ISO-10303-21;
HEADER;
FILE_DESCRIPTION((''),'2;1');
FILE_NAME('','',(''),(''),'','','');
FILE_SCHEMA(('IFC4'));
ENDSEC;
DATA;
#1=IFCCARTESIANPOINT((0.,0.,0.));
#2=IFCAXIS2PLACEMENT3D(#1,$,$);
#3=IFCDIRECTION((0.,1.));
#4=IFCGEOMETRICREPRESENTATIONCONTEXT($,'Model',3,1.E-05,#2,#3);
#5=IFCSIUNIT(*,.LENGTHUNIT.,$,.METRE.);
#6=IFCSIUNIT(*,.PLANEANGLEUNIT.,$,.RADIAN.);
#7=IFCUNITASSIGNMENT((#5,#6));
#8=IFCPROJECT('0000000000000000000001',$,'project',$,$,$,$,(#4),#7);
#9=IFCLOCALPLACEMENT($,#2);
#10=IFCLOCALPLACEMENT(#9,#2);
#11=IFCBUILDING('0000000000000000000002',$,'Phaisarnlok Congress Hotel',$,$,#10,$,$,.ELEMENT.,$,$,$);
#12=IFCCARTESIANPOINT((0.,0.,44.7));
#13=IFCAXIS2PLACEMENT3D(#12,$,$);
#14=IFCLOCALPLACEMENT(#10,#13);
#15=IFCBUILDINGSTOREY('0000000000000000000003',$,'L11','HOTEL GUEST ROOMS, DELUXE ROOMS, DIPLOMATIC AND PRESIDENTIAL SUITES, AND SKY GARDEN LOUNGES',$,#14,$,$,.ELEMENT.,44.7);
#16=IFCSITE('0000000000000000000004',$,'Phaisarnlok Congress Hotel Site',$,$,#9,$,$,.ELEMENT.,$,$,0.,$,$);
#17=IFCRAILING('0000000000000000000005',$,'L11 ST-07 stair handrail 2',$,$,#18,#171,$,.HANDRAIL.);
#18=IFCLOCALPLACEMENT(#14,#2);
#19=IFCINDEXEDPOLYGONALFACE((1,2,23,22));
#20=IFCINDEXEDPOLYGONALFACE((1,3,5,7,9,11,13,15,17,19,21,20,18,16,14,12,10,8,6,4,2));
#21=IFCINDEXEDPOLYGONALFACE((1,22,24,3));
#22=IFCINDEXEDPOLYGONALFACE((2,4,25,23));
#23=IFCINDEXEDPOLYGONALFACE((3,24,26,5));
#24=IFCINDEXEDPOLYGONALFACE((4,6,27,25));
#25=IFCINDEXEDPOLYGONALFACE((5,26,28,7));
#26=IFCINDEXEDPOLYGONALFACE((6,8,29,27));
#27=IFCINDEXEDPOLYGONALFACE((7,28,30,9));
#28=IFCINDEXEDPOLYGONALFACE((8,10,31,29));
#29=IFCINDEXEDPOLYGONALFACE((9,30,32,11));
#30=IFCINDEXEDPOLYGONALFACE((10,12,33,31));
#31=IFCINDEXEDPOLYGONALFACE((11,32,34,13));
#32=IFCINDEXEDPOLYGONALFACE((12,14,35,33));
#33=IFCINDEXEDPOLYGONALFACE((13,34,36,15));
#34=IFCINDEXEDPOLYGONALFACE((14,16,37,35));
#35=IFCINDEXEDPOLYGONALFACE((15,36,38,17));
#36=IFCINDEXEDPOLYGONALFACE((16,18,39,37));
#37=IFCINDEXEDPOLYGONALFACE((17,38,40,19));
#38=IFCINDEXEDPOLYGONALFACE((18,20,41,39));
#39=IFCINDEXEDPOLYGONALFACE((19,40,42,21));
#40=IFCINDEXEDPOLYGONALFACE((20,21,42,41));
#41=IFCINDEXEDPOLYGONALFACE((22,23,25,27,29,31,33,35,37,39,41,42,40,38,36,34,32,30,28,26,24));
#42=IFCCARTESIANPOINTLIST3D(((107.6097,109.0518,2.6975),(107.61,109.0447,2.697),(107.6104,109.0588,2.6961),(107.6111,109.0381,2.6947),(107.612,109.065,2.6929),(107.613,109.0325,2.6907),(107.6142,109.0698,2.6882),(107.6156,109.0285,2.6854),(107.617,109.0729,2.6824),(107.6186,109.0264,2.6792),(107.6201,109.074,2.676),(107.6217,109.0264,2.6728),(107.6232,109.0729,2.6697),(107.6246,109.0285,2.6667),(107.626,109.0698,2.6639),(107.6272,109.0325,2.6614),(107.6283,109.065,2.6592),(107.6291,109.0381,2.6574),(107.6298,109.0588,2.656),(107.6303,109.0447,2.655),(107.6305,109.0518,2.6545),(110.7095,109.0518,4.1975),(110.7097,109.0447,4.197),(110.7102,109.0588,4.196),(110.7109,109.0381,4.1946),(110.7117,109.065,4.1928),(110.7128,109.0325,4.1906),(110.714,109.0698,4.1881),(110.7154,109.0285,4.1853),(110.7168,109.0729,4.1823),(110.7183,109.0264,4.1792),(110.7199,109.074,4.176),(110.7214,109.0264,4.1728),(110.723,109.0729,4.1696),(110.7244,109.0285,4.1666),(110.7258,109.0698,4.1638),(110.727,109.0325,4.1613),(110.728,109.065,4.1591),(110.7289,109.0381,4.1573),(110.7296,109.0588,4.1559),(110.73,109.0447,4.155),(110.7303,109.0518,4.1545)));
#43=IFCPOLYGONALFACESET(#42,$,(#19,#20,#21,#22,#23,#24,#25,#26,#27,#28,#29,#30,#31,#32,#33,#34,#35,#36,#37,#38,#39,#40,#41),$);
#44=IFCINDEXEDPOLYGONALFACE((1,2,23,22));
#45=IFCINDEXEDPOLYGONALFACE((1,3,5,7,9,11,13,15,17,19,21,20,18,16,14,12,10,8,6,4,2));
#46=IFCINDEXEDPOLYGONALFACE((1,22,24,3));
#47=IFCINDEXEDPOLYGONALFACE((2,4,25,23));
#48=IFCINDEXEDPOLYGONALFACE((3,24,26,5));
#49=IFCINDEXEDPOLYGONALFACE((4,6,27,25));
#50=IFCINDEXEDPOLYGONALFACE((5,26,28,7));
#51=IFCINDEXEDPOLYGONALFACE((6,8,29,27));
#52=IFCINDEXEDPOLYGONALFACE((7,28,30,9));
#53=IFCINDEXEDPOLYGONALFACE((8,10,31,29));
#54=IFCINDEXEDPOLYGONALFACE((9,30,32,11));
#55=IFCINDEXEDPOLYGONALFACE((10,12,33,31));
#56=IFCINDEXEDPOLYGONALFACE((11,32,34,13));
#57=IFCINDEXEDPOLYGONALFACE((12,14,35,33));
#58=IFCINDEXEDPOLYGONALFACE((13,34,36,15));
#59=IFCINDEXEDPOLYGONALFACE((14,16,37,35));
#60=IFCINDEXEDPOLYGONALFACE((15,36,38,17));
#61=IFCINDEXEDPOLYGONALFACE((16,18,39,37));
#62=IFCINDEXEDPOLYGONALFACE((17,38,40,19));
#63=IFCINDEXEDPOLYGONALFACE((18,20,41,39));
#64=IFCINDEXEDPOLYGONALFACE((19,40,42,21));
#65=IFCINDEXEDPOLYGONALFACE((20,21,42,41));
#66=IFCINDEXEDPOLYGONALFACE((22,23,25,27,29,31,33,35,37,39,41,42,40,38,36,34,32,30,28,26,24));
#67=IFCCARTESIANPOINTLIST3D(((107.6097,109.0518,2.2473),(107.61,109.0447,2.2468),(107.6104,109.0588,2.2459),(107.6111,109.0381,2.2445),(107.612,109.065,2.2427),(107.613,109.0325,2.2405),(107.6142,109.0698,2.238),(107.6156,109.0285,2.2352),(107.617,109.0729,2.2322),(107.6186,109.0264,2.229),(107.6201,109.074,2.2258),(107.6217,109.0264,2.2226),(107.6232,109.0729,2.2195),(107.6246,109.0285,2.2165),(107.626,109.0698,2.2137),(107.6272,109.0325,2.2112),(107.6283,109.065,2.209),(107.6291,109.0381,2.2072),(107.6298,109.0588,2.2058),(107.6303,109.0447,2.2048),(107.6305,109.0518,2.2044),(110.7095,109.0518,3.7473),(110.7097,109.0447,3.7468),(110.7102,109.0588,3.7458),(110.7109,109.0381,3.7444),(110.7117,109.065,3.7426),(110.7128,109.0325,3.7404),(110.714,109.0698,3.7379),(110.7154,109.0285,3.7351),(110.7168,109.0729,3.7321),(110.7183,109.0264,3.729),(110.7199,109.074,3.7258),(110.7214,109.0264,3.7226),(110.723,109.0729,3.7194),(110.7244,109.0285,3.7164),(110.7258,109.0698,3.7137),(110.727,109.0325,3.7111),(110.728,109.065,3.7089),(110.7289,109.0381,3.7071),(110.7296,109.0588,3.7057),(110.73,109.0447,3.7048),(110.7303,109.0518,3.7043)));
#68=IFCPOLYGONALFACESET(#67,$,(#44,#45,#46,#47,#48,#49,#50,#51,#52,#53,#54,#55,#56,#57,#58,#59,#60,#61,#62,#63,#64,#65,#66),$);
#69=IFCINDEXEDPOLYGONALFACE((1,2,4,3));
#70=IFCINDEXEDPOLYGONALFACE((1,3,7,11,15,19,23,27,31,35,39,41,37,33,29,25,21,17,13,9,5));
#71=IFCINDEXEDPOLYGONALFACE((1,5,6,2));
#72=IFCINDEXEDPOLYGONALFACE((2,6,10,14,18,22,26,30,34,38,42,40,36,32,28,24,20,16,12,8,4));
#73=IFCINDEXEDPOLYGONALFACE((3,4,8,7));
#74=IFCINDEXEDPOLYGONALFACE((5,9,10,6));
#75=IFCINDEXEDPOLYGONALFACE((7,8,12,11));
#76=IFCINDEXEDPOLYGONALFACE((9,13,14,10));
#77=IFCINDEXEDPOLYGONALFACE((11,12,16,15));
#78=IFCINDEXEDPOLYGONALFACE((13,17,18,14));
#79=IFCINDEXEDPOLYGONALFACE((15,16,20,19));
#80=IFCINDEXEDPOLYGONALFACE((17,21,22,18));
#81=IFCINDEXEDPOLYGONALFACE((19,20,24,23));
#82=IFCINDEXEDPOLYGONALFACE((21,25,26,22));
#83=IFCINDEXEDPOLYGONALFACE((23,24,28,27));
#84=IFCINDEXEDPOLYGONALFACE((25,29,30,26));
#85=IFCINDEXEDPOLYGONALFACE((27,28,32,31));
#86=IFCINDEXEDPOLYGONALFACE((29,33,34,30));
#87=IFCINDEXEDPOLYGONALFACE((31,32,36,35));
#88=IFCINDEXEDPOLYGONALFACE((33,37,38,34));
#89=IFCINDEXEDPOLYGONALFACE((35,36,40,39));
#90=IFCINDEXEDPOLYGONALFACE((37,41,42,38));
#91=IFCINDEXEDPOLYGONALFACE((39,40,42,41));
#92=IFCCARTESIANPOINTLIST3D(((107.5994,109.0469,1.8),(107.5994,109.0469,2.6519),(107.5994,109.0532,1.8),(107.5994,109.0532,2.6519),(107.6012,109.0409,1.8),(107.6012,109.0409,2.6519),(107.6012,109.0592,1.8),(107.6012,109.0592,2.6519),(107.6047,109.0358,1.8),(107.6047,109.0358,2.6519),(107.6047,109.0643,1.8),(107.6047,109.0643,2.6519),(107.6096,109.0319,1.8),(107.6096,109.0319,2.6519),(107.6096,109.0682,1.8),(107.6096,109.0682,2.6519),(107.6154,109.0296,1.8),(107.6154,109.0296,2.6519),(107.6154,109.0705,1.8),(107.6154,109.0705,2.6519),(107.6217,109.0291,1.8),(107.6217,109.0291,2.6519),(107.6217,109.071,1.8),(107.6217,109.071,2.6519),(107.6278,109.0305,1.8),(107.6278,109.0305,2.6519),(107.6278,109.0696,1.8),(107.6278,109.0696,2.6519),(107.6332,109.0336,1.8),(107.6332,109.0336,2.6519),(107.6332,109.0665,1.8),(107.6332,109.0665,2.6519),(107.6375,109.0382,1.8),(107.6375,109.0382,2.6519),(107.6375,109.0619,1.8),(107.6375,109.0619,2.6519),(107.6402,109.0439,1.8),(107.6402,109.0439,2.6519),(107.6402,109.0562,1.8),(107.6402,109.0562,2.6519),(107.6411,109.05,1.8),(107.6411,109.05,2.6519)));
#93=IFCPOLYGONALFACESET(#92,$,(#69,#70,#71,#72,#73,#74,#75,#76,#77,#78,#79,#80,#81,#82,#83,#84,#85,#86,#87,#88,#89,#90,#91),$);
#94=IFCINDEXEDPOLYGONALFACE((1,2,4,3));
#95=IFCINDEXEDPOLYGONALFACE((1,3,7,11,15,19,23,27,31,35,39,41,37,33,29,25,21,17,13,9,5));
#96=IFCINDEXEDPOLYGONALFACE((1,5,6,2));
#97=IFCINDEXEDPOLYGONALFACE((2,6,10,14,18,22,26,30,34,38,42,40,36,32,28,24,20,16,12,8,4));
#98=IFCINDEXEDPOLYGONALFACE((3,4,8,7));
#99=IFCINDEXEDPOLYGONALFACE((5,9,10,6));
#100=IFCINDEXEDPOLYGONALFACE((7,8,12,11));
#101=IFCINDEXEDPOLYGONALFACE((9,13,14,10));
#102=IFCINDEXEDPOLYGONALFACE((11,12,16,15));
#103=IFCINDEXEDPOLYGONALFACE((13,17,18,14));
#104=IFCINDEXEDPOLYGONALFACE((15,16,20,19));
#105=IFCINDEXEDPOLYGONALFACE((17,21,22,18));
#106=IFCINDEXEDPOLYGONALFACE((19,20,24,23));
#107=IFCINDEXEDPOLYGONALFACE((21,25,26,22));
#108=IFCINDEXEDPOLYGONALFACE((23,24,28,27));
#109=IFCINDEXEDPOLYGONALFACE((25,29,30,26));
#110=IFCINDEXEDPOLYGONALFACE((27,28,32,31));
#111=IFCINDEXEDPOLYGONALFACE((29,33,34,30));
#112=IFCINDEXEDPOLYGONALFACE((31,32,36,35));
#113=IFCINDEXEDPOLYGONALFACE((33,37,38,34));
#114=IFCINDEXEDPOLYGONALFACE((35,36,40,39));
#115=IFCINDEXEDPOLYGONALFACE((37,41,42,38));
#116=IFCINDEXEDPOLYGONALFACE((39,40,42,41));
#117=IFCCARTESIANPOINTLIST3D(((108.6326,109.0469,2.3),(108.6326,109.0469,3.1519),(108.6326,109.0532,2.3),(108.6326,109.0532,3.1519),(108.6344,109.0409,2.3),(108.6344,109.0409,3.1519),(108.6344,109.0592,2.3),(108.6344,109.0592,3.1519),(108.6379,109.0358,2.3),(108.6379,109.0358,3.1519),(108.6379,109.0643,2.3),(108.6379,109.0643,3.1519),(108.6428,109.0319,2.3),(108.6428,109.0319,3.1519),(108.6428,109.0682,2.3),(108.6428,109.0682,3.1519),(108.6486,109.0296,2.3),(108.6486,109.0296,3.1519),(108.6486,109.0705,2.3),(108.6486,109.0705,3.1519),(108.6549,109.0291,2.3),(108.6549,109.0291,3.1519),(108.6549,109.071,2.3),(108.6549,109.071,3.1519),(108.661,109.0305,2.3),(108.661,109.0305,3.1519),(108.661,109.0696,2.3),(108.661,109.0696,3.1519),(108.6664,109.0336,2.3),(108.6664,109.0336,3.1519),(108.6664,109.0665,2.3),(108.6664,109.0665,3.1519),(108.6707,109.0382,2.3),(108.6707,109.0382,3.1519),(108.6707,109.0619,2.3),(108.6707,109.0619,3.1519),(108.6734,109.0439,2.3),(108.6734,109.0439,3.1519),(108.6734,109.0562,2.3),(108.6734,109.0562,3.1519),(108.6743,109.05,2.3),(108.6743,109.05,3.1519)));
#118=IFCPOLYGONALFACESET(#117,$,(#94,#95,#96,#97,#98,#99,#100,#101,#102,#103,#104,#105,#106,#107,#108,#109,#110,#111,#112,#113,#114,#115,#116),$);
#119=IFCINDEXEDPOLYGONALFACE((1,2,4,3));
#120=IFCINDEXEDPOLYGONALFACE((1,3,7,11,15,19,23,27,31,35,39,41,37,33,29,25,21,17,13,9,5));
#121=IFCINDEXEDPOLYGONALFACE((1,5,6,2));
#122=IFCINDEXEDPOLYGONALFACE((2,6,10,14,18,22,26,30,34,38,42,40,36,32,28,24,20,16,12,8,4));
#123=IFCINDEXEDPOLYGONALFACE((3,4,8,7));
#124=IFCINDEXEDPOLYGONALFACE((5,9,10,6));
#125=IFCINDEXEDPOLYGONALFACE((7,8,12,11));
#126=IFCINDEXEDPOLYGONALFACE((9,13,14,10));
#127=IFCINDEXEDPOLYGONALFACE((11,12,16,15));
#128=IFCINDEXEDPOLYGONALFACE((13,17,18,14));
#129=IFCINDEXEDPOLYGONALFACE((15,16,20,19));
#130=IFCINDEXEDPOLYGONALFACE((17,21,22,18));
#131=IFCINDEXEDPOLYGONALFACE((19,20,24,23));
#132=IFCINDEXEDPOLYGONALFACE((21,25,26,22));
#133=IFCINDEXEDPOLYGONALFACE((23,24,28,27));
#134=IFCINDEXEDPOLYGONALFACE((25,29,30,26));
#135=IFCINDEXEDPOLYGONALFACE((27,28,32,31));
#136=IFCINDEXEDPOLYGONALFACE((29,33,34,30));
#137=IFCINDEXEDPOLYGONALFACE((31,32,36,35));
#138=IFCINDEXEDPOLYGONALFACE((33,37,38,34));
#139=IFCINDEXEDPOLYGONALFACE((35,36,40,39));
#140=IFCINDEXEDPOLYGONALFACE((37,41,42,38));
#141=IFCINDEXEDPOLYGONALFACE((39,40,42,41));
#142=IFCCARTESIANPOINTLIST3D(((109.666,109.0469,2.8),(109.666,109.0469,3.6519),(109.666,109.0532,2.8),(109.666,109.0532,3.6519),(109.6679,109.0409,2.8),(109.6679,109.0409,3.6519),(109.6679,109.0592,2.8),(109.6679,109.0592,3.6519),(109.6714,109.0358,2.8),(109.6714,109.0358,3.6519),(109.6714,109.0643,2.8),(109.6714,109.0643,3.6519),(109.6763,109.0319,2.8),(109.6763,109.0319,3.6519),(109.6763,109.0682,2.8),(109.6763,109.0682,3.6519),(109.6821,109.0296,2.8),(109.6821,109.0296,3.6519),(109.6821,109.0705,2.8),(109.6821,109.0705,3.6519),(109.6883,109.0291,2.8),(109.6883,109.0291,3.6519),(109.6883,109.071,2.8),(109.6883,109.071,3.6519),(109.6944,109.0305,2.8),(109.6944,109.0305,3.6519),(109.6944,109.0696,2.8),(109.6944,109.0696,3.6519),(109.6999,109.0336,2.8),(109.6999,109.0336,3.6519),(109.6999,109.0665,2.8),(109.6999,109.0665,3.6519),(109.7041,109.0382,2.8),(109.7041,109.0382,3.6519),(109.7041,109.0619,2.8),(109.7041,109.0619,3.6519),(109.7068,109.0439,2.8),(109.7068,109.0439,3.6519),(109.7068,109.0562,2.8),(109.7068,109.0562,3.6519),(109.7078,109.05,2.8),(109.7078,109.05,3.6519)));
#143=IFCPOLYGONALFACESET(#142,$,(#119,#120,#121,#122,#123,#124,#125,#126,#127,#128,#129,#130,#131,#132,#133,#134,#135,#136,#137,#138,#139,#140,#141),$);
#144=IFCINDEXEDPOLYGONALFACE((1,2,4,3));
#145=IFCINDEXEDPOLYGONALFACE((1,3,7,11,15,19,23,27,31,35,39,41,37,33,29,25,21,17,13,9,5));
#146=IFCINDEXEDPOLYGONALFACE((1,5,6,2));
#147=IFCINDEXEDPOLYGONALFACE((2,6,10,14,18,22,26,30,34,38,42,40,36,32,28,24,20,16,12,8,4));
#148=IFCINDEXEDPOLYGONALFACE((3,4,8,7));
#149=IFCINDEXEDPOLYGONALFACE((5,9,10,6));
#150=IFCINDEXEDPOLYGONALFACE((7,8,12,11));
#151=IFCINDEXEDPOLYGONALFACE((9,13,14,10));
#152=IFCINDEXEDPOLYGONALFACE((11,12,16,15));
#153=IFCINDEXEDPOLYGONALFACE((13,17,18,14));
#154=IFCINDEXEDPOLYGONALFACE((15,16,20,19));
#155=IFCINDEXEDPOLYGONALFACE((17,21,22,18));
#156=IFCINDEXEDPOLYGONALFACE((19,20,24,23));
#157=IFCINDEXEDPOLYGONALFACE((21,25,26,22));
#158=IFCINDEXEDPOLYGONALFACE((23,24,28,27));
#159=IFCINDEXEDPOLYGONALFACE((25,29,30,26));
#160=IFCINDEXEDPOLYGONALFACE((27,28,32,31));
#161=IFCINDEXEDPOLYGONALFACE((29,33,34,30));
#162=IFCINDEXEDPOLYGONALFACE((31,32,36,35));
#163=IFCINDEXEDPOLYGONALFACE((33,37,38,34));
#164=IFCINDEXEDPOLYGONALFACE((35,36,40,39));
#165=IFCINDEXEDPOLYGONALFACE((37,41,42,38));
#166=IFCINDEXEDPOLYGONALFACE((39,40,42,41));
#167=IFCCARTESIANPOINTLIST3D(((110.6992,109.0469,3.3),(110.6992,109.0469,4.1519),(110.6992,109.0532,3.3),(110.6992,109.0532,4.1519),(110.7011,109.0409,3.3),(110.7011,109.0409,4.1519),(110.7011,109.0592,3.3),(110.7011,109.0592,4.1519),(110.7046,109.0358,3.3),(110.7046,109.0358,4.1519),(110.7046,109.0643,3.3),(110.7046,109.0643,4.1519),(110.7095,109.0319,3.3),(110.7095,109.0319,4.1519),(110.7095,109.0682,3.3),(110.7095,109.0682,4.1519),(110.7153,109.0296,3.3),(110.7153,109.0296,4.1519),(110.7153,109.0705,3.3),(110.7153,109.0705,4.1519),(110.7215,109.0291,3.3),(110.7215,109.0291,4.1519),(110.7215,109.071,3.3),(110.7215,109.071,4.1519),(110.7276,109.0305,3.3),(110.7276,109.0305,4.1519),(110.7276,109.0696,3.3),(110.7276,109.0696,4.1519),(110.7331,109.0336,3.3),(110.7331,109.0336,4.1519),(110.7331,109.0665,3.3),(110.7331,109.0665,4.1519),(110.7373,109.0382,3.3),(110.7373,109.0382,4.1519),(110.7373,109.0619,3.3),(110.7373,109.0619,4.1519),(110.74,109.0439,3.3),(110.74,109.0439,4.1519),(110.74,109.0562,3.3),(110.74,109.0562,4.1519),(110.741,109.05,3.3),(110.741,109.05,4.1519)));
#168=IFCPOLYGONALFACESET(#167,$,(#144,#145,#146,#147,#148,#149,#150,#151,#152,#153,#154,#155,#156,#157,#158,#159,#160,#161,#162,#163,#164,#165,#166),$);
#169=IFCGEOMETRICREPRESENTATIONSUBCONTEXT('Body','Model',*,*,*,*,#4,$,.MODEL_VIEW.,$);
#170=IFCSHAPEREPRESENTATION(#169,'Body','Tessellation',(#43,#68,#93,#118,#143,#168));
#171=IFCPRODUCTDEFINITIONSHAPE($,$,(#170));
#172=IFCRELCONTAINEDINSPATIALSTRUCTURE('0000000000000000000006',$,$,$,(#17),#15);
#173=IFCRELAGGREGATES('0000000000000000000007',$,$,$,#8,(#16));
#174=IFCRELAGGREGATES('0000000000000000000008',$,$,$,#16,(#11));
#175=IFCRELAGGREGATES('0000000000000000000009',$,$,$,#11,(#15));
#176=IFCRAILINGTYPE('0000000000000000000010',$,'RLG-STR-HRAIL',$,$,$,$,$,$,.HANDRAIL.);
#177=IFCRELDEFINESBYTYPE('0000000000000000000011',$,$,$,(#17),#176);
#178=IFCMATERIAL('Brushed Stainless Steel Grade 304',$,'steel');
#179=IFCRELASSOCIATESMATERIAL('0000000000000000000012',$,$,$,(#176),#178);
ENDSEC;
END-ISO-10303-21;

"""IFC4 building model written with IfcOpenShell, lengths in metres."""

from ifc_helpers import new_model, si_unit, direction, frame, origin, origin_2d, place, context, subcontext, project, spatial, circle, extrude, material, type_object, element, save


model = new_model("IFC4")

# Units and contexts
model_context = context("Model", 3, precision=1e-05, world=origin(), true_north=direction((0.0, 1.0)))
body_context = subcontext(model_context, "Body", "Model", "MODEL_VIEW")
ifc_project = project(units=[si_unit("LENGTHUNIT", "METRE"), si_unit("PLANEANGLEUNIT", "RADIAN")], contexts=[model_context])

# Site, building, storey
site_placement = place(None, origin())
site = spatial("IfcSite", under=ifc_project, at=site_placement, Name="Phaisarnlok Congress Hotel Site", CompositionType="ELEMENT", RefElevation=0.0)
building_placement = place(site_placement, origin())
building = spatial("IfcBuilding", under=site, at=building_placement, Name="Phaisarnlok Congress Hotel", CompositionType="ELEMENT")
storey_placement = place(building_placement, frame((0.0, 0.0, 44.7)))
storey = spatial("IfcBuildingStorey", under=building, at=storey_placement, Name="L11", Description="HOTEL GUEST ROOMS, DELUXE ROOMS, DIPLOMATIC AND PRESIDENTIAL SUITES, AND SKY GARDEN LOUNGES", CompositionType="ELEMENT", Elevation=44.7)

# Railing
ifc_material_1 = material(Name="Brushed Stainless Steel Grade 304", Category="steel")
railing_type_1 = type_object("IfcRailingType", Name="RLG-STR-HRAIL", PredefinedType="HANDRAIL", material=ifc_material_1)
railing_1_placement = place(storey_placement, frame((107.6201, 109.05, 1.8)))
element("IfcRailing", 1, at=railing_1_placement, inside=storey, type_object=railing_type_1, Name="L11 ST-07 stair handrail 2", PredefinedType="HANDRAIL", context=body_context, shape_type="SweptSolid", body=[
    extrude(circle(Radius=0.0239, at=origin_2d()), frame((0.0, 0.0, 0.876), z_axis=(0.900151, 0.0, 0.435578), x_axis=(0.0, 1.0, 0.0)), (0.0, 0.0, 1.0), 3.4436),
    extrude(circle(Radius=0.0239, at=origin_2d()), frame((0.0, 0.0, 0.4258), z_axis=(0.900151, 0.0, 0.435578), x_axis=(0.0, 1.0, 0.0)), (0.0, 0.0, 1.0), 3.4436),
    extrude(circle(Radius=0.021, at=origin_2d()), origin(), (0.0, 0.0, 1.0), 0.8518),
    extrude(circle(Radius=0.021, at=origin_2d()), frame((1.0332, 0.0, 0.5)), (0.0, 0.0, 1.0), 0.8518),
    extrude(circle(Radius=0.021, at=origin_2d()), frame((2.0667, 0.0, 1.0)), (0.0, 0.0, 1.0), 0.8518),
    extrude(circle(Radius=0.021, at=origin_2d()), frame((3.0999, 0.0, 1.5)), (0.0, 0.0, 1.0), 0.8518),
])

save(model, "model.ifc")
